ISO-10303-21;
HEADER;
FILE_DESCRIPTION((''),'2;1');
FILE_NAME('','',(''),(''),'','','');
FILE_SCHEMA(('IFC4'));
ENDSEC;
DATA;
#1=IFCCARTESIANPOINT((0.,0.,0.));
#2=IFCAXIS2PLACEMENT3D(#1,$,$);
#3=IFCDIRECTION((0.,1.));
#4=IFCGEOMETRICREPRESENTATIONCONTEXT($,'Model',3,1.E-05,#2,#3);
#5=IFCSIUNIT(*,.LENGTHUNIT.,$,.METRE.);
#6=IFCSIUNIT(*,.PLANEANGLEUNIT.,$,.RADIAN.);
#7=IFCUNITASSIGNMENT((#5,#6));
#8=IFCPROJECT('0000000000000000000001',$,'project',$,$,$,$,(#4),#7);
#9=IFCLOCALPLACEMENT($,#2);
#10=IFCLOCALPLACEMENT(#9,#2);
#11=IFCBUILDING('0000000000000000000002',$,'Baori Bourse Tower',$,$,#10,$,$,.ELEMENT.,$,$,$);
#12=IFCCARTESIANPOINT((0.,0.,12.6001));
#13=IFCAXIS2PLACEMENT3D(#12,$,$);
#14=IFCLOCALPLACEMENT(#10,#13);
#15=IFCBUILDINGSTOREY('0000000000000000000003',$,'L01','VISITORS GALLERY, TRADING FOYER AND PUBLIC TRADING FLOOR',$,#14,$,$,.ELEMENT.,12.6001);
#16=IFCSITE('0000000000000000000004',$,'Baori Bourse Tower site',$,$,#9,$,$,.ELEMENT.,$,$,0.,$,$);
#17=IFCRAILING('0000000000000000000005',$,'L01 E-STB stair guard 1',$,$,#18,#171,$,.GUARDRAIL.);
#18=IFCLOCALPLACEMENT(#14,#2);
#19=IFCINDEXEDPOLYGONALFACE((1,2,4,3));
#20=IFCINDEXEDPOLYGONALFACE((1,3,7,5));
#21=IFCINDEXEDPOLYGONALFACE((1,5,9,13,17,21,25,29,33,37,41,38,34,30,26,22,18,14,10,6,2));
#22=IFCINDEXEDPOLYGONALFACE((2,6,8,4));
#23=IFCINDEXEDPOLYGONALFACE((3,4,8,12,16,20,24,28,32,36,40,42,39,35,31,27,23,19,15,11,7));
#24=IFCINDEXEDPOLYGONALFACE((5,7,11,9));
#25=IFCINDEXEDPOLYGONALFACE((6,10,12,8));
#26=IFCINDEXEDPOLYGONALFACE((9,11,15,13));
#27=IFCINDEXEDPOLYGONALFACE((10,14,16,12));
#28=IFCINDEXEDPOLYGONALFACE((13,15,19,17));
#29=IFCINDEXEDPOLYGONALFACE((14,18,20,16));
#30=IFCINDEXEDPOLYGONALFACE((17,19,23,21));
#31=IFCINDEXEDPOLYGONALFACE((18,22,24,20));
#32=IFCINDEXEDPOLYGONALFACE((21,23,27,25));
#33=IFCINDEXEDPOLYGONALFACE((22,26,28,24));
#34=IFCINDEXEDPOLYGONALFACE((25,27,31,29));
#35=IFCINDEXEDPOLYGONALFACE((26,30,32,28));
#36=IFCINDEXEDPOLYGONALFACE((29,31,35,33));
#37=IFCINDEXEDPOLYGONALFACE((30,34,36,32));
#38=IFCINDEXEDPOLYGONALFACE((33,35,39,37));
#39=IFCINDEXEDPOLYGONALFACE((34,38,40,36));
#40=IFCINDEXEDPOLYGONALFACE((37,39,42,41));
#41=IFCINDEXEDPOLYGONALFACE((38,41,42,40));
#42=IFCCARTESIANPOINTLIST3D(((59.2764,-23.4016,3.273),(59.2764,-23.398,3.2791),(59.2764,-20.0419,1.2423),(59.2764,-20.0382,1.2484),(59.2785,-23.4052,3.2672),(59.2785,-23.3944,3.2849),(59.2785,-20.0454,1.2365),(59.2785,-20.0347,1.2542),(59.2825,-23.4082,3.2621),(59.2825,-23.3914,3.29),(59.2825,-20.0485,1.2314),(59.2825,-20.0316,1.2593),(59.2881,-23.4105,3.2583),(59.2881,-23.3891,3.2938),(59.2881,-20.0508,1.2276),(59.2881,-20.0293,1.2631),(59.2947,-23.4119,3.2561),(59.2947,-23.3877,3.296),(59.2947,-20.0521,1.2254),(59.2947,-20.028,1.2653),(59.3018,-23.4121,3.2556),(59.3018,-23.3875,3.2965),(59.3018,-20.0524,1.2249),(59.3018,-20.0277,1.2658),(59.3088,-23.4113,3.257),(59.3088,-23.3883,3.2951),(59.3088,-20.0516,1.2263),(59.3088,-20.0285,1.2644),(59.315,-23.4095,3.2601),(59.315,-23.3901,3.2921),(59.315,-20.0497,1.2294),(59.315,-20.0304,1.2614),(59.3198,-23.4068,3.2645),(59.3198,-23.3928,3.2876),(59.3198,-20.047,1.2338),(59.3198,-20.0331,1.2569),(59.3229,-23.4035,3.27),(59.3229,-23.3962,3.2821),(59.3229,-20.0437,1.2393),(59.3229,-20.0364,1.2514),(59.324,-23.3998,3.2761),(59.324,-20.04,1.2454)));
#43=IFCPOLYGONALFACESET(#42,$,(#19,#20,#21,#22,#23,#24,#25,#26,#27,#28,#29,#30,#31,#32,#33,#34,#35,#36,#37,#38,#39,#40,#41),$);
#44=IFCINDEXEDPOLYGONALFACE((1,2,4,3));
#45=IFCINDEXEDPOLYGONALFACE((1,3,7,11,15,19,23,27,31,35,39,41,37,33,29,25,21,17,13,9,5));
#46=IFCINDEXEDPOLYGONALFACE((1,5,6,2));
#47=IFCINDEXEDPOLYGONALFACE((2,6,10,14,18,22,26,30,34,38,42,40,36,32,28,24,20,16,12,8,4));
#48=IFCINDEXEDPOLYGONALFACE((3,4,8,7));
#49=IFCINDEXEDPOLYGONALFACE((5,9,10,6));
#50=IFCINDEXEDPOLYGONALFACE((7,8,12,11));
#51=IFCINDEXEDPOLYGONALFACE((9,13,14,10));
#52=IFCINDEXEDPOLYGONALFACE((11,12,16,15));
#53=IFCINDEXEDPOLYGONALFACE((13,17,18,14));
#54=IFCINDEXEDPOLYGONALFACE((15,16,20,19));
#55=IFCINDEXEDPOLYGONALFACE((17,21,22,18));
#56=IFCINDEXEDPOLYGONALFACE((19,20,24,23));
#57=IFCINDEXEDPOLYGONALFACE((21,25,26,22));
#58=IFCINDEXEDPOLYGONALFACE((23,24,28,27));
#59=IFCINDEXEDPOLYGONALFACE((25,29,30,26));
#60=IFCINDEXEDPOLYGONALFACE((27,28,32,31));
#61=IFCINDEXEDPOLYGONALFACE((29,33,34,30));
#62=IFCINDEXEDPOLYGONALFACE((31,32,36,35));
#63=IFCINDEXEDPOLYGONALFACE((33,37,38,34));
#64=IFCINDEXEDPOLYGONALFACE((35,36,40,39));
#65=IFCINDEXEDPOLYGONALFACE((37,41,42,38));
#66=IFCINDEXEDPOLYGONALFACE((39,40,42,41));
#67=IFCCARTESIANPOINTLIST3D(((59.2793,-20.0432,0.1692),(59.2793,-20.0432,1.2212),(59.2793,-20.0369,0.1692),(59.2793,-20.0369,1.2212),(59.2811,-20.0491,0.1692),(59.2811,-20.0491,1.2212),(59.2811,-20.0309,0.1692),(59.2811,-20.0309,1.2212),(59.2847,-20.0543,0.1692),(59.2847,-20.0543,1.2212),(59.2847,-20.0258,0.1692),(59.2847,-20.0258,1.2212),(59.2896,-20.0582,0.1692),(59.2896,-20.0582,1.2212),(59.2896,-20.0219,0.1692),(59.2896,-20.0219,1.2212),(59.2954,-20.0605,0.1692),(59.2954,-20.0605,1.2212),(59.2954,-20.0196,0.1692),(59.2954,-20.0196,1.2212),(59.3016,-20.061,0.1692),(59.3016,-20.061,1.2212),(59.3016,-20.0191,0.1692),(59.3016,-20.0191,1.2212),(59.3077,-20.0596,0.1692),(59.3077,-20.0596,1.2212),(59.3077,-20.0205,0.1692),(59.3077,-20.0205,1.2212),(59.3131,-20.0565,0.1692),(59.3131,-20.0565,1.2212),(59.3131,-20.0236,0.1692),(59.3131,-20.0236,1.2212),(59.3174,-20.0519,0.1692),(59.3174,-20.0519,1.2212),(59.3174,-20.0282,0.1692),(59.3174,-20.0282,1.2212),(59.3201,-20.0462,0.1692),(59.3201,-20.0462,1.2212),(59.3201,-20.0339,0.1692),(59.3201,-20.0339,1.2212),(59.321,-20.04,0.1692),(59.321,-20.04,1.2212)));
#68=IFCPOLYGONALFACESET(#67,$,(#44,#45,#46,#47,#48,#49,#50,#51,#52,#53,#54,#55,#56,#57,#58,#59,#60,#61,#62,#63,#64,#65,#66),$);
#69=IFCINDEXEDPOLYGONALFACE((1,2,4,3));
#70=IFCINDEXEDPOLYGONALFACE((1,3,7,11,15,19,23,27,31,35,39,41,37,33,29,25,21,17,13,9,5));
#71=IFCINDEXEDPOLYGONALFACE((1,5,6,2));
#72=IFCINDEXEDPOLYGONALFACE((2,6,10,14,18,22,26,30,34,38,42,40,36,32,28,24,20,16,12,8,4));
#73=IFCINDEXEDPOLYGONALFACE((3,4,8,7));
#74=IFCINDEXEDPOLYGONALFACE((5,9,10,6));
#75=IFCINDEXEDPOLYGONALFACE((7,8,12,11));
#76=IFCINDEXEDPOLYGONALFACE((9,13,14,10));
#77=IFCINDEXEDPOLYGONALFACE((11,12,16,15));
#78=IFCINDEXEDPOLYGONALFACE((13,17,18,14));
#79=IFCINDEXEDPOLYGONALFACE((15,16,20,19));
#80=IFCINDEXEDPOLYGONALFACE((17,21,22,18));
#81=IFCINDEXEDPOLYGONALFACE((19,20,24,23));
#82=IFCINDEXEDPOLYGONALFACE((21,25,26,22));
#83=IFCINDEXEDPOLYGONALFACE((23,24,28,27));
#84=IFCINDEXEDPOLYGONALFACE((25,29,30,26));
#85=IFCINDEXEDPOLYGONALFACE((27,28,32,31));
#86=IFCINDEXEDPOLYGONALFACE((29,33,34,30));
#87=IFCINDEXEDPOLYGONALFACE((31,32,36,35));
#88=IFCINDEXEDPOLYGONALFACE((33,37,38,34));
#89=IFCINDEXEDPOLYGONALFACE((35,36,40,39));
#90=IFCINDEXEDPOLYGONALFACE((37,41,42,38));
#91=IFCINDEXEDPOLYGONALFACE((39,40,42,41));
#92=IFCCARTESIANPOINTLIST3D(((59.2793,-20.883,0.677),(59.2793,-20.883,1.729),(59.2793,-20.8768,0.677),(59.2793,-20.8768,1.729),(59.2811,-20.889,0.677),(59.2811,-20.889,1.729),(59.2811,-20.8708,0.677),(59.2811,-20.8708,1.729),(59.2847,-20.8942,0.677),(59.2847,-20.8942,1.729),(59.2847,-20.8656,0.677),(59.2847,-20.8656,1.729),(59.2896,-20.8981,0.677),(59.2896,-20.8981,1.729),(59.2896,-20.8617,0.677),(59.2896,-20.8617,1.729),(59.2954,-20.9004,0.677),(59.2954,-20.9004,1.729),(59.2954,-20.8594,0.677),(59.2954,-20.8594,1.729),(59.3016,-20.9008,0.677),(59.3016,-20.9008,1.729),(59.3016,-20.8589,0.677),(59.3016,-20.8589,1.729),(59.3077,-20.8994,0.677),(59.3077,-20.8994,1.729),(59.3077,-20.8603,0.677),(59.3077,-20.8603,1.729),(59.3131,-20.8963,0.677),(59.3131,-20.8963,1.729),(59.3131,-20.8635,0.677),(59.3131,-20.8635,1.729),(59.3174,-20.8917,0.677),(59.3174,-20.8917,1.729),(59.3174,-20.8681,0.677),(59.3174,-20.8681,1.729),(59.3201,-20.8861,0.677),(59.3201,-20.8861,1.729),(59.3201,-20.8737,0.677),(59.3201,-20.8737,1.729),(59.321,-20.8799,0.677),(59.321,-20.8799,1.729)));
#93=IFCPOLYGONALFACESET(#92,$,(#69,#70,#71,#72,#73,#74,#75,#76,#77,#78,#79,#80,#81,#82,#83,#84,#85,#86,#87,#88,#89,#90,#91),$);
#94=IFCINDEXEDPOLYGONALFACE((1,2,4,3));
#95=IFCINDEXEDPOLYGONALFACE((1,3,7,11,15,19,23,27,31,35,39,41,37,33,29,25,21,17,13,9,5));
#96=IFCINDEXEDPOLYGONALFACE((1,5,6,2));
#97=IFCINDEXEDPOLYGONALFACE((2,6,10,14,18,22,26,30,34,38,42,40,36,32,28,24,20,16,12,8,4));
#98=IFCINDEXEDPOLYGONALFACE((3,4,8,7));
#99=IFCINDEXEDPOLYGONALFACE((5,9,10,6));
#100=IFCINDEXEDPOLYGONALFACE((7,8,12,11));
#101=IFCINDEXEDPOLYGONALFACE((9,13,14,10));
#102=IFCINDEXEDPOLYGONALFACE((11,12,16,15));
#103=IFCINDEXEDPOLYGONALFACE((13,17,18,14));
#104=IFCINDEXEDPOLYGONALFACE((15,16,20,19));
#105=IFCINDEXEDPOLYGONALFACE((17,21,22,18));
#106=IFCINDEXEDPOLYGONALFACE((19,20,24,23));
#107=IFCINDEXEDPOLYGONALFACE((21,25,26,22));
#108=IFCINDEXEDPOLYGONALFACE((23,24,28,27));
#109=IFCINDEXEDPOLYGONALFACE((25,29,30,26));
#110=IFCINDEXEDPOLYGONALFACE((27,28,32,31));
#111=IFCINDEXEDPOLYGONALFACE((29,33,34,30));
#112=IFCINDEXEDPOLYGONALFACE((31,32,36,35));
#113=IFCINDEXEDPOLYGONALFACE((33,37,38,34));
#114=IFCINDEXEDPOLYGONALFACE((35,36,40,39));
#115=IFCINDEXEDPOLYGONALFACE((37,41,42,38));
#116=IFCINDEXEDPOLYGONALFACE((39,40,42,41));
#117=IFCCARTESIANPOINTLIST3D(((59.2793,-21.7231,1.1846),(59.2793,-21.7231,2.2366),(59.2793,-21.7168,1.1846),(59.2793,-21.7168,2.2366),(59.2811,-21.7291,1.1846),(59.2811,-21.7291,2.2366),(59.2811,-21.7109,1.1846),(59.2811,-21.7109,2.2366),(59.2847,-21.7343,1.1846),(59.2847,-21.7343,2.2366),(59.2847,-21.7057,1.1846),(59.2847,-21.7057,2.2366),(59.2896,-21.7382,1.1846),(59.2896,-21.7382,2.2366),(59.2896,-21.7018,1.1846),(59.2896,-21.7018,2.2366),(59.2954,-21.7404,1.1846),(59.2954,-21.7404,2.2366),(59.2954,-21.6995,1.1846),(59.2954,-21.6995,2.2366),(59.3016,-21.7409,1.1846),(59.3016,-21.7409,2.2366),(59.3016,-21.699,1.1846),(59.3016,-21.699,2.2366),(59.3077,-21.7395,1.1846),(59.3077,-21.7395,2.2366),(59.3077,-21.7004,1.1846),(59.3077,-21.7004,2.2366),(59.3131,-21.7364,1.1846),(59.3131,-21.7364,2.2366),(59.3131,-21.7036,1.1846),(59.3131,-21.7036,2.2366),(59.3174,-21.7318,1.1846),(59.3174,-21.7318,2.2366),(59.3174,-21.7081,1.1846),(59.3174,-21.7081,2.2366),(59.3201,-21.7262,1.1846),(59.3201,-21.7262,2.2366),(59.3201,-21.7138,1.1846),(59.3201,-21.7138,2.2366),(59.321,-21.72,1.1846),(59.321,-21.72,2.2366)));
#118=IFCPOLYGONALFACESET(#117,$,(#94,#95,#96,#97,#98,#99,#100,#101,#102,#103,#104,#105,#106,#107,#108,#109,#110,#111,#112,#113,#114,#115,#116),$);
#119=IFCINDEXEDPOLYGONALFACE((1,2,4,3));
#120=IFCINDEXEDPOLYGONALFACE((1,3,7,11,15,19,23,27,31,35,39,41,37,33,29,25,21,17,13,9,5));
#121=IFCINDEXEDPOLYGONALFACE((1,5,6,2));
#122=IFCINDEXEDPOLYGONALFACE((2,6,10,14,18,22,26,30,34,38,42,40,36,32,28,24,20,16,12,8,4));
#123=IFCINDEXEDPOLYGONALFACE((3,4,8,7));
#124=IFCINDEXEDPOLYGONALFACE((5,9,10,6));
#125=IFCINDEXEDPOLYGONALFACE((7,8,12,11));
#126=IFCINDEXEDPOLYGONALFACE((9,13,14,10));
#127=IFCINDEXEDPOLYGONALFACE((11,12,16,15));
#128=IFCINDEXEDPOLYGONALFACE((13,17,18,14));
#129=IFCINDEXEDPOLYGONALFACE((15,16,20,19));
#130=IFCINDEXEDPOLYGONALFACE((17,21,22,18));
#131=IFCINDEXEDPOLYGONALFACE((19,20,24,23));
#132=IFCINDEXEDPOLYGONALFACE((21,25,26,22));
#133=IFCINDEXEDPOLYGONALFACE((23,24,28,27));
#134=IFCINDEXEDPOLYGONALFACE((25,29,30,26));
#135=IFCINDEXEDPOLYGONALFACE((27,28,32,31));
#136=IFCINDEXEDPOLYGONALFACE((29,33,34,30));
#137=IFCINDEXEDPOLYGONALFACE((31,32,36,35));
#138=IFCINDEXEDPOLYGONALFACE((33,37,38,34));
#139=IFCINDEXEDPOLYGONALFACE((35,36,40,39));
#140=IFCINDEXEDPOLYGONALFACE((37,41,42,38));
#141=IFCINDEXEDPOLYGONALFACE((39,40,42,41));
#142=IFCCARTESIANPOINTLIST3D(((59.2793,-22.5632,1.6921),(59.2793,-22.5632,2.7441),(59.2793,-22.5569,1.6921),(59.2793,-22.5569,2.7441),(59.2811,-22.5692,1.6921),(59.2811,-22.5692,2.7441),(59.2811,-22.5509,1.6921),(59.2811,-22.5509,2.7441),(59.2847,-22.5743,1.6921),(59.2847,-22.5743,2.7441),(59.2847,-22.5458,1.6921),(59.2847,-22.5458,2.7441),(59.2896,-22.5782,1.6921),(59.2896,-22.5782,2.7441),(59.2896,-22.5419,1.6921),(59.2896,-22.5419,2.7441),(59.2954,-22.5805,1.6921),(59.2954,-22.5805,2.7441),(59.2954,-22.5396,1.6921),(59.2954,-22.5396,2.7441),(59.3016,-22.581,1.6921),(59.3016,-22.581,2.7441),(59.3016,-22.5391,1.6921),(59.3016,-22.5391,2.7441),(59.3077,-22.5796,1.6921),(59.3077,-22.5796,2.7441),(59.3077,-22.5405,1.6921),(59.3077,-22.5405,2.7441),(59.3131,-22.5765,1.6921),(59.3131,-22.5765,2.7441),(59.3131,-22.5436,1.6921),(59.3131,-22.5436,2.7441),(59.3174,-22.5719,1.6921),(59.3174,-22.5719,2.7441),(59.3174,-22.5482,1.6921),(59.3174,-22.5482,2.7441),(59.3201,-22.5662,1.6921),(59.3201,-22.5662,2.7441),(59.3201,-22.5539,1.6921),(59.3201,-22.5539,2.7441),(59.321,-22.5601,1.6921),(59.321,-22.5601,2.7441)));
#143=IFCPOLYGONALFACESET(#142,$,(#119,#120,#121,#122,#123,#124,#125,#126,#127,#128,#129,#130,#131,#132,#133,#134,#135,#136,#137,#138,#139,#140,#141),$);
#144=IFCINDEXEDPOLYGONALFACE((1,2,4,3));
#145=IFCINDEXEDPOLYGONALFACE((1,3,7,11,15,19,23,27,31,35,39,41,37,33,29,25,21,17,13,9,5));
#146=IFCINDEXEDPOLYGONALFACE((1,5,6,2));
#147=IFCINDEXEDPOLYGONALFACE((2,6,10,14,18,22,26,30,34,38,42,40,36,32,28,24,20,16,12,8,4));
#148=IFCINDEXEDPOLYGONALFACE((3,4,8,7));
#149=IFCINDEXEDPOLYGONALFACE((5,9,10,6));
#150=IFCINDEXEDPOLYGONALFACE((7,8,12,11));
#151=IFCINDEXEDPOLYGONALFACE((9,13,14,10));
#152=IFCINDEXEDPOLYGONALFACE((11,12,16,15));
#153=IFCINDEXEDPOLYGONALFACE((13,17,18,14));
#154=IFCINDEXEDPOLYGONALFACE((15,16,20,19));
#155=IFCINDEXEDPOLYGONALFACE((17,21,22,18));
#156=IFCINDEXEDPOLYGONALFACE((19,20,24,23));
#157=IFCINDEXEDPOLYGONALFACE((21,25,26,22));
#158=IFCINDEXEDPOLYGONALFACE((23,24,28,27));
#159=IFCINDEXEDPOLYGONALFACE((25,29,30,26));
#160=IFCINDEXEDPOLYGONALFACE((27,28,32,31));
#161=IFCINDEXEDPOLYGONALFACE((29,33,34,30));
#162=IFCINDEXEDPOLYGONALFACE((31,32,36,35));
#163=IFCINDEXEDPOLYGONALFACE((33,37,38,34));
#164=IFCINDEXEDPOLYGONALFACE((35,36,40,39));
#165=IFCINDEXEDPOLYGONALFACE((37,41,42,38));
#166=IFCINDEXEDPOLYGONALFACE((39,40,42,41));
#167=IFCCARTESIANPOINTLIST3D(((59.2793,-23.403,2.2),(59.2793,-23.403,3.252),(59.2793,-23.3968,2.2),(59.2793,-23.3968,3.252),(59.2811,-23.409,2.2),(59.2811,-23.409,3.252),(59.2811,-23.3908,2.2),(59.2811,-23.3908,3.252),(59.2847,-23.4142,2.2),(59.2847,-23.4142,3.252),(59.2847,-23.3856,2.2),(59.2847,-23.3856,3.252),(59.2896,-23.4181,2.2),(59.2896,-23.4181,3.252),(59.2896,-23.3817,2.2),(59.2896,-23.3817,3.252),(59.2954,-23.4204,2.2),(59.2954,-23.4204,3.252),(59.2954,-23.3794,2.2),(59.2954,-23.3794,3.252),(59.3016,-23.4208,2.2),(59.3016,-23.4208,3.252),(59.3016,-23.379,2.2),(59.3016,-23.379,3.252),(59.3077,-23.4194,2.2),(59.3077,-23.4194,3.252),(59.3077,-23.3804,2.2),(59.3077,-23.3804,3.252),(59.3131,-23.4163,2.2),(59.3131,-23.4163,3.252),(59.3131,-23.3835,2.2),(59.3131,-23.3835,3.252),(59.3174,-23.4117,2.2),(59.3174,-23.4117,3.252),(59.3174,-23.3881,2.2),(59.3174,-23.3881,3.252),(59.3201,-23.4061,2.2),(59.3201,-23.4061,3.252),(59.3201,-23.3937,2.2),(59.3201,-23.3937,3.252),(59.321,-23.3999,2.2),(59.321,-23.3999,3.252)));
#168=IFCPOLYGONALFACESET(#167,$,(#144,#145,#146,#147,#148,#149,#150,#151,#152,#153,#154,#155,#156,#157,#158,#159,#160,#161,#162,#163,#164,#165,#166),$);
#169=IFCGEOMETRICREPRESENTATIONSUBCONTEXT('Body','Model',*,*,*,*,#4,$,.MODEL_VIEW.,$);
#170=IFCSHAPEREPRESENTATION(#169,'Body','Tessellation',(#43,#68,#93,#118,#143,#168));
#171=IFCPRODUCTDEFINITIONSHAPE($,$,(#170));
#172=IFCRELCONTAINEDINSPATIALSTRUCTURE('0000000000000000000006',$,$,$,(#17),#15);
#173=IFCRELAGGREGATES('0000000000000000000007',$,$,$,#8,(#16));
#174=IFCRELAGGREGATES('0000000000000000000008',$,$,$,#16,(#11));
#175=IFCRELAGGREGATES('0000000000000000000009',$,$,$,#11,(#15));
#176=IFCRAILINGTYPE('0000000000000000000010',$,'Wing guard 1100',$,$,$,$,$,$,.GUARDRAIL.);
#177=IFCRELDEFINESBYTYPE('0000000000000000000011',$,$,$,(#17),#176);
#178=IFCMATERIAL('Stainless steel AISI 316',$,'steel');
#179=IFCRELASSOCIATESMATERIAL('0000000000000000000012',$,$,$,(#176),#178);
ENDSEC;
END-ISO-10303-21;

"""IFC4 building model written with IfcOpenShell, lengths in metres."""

from ifc_helpers import new_model, si_unit, direction, frame, origin, origin_2d, place, context, subcontext, project, spatial, circle, extrude, material, type_object, element, save


model = new_model("IFC4")

# Units and contexts
model_context = context("Model", 3, precision=1e-05, world=origin(), true_north=direction((0.0, 1.0)))
body_context = subcontext(model_context, "Body", "Model", "MODEL_VIEW")
ifc_project = project(units=[si_unit("LENGTHUNIT", "METRE"), si_unit("PLANEANGLEUNIT", "RADIAN")], contexts=[model_context])

# Site, building, storey
site_placement = place(None, origin())
site = spatial("IfcSite", under=ifc_project, at=site_placement, Name="Baori Bourse Tower site", CompositionType="ELEMENT", RefElevation=0.0)
building_placement = place(site_placement, origin())
building = spatial("IfcBuilding", under=site, at=building_placement, Name="Baori Bourse Tower", CompositionType="ELEMENT")
storey_placement = place(building_placement, frame((0.0, 0.0, 12.6001)))
storey = spatial("IfcBuildingStorey", under=building, at=storey_placement, Name="L01", Description="VISITORS GALLERY, TRADING FOYER AND PUBLIC TRADING FLOOR", CompositionType="ELEMENT", Elevation=12.6001)

# Railing
ifc_material_1 = material(Name="Stainless steel AISI 316", Category="steel")
railing_type_1 = type_object("IfcRailingType", Name="Wing guard 1100", PredefinedType="GUARDRAIL", material=ifc_material_1)
railing_1_placement = place(storey_placement, frame((59.3, -20.04, 0.1692)))
element("IfcRailing", 1, at=railing_1_placement, inside=storey, type_object=railing_type_1, Name="L01 E-STB stair guard 1", PredefinedType="GUARDRAIL", context=body_context, shape_type="SweptSolid", body=[
    extrude(circle(Radius=0.0239, at=origin_2d()), frame((0.0, 0.0, 1.0762), z_axis=(0.0, -0.85582, 0.517273), x_axis=(1.0, 0.0, 0.0)), (0.0, 0.0, 1.0), 3.9258),
    extrude(circle(Radius=0.021, at=origin_2d()), origin(), (0.0, 0.0, 1.0), 1.052),
    extrude(circle(Radius=0.021, at=origin_2d()), frame((0.0, -0.8398, 0.5078)), (0.0, 0.0, 1.0), 1.052),
    extrude(circle(Radius=0.021, at=origin_2d()), frame((0.0, -1.6799, 1.0154)), (0.0, 0.0, 1.0), 1.052),
    extrude(circle(Radius=0.021, at=origin_2d()), frame((0.0, -2.52, 1.5229)), (0.0, 0.0, 1.0), 1.052),
    extrude(circle(Radius=0.021, at=origin_2d()), frame((0.0, -3.3599, 2.0308)), (0.0, 0.0, 1.0), 1.052),
])

save(model, "model.ifc")
